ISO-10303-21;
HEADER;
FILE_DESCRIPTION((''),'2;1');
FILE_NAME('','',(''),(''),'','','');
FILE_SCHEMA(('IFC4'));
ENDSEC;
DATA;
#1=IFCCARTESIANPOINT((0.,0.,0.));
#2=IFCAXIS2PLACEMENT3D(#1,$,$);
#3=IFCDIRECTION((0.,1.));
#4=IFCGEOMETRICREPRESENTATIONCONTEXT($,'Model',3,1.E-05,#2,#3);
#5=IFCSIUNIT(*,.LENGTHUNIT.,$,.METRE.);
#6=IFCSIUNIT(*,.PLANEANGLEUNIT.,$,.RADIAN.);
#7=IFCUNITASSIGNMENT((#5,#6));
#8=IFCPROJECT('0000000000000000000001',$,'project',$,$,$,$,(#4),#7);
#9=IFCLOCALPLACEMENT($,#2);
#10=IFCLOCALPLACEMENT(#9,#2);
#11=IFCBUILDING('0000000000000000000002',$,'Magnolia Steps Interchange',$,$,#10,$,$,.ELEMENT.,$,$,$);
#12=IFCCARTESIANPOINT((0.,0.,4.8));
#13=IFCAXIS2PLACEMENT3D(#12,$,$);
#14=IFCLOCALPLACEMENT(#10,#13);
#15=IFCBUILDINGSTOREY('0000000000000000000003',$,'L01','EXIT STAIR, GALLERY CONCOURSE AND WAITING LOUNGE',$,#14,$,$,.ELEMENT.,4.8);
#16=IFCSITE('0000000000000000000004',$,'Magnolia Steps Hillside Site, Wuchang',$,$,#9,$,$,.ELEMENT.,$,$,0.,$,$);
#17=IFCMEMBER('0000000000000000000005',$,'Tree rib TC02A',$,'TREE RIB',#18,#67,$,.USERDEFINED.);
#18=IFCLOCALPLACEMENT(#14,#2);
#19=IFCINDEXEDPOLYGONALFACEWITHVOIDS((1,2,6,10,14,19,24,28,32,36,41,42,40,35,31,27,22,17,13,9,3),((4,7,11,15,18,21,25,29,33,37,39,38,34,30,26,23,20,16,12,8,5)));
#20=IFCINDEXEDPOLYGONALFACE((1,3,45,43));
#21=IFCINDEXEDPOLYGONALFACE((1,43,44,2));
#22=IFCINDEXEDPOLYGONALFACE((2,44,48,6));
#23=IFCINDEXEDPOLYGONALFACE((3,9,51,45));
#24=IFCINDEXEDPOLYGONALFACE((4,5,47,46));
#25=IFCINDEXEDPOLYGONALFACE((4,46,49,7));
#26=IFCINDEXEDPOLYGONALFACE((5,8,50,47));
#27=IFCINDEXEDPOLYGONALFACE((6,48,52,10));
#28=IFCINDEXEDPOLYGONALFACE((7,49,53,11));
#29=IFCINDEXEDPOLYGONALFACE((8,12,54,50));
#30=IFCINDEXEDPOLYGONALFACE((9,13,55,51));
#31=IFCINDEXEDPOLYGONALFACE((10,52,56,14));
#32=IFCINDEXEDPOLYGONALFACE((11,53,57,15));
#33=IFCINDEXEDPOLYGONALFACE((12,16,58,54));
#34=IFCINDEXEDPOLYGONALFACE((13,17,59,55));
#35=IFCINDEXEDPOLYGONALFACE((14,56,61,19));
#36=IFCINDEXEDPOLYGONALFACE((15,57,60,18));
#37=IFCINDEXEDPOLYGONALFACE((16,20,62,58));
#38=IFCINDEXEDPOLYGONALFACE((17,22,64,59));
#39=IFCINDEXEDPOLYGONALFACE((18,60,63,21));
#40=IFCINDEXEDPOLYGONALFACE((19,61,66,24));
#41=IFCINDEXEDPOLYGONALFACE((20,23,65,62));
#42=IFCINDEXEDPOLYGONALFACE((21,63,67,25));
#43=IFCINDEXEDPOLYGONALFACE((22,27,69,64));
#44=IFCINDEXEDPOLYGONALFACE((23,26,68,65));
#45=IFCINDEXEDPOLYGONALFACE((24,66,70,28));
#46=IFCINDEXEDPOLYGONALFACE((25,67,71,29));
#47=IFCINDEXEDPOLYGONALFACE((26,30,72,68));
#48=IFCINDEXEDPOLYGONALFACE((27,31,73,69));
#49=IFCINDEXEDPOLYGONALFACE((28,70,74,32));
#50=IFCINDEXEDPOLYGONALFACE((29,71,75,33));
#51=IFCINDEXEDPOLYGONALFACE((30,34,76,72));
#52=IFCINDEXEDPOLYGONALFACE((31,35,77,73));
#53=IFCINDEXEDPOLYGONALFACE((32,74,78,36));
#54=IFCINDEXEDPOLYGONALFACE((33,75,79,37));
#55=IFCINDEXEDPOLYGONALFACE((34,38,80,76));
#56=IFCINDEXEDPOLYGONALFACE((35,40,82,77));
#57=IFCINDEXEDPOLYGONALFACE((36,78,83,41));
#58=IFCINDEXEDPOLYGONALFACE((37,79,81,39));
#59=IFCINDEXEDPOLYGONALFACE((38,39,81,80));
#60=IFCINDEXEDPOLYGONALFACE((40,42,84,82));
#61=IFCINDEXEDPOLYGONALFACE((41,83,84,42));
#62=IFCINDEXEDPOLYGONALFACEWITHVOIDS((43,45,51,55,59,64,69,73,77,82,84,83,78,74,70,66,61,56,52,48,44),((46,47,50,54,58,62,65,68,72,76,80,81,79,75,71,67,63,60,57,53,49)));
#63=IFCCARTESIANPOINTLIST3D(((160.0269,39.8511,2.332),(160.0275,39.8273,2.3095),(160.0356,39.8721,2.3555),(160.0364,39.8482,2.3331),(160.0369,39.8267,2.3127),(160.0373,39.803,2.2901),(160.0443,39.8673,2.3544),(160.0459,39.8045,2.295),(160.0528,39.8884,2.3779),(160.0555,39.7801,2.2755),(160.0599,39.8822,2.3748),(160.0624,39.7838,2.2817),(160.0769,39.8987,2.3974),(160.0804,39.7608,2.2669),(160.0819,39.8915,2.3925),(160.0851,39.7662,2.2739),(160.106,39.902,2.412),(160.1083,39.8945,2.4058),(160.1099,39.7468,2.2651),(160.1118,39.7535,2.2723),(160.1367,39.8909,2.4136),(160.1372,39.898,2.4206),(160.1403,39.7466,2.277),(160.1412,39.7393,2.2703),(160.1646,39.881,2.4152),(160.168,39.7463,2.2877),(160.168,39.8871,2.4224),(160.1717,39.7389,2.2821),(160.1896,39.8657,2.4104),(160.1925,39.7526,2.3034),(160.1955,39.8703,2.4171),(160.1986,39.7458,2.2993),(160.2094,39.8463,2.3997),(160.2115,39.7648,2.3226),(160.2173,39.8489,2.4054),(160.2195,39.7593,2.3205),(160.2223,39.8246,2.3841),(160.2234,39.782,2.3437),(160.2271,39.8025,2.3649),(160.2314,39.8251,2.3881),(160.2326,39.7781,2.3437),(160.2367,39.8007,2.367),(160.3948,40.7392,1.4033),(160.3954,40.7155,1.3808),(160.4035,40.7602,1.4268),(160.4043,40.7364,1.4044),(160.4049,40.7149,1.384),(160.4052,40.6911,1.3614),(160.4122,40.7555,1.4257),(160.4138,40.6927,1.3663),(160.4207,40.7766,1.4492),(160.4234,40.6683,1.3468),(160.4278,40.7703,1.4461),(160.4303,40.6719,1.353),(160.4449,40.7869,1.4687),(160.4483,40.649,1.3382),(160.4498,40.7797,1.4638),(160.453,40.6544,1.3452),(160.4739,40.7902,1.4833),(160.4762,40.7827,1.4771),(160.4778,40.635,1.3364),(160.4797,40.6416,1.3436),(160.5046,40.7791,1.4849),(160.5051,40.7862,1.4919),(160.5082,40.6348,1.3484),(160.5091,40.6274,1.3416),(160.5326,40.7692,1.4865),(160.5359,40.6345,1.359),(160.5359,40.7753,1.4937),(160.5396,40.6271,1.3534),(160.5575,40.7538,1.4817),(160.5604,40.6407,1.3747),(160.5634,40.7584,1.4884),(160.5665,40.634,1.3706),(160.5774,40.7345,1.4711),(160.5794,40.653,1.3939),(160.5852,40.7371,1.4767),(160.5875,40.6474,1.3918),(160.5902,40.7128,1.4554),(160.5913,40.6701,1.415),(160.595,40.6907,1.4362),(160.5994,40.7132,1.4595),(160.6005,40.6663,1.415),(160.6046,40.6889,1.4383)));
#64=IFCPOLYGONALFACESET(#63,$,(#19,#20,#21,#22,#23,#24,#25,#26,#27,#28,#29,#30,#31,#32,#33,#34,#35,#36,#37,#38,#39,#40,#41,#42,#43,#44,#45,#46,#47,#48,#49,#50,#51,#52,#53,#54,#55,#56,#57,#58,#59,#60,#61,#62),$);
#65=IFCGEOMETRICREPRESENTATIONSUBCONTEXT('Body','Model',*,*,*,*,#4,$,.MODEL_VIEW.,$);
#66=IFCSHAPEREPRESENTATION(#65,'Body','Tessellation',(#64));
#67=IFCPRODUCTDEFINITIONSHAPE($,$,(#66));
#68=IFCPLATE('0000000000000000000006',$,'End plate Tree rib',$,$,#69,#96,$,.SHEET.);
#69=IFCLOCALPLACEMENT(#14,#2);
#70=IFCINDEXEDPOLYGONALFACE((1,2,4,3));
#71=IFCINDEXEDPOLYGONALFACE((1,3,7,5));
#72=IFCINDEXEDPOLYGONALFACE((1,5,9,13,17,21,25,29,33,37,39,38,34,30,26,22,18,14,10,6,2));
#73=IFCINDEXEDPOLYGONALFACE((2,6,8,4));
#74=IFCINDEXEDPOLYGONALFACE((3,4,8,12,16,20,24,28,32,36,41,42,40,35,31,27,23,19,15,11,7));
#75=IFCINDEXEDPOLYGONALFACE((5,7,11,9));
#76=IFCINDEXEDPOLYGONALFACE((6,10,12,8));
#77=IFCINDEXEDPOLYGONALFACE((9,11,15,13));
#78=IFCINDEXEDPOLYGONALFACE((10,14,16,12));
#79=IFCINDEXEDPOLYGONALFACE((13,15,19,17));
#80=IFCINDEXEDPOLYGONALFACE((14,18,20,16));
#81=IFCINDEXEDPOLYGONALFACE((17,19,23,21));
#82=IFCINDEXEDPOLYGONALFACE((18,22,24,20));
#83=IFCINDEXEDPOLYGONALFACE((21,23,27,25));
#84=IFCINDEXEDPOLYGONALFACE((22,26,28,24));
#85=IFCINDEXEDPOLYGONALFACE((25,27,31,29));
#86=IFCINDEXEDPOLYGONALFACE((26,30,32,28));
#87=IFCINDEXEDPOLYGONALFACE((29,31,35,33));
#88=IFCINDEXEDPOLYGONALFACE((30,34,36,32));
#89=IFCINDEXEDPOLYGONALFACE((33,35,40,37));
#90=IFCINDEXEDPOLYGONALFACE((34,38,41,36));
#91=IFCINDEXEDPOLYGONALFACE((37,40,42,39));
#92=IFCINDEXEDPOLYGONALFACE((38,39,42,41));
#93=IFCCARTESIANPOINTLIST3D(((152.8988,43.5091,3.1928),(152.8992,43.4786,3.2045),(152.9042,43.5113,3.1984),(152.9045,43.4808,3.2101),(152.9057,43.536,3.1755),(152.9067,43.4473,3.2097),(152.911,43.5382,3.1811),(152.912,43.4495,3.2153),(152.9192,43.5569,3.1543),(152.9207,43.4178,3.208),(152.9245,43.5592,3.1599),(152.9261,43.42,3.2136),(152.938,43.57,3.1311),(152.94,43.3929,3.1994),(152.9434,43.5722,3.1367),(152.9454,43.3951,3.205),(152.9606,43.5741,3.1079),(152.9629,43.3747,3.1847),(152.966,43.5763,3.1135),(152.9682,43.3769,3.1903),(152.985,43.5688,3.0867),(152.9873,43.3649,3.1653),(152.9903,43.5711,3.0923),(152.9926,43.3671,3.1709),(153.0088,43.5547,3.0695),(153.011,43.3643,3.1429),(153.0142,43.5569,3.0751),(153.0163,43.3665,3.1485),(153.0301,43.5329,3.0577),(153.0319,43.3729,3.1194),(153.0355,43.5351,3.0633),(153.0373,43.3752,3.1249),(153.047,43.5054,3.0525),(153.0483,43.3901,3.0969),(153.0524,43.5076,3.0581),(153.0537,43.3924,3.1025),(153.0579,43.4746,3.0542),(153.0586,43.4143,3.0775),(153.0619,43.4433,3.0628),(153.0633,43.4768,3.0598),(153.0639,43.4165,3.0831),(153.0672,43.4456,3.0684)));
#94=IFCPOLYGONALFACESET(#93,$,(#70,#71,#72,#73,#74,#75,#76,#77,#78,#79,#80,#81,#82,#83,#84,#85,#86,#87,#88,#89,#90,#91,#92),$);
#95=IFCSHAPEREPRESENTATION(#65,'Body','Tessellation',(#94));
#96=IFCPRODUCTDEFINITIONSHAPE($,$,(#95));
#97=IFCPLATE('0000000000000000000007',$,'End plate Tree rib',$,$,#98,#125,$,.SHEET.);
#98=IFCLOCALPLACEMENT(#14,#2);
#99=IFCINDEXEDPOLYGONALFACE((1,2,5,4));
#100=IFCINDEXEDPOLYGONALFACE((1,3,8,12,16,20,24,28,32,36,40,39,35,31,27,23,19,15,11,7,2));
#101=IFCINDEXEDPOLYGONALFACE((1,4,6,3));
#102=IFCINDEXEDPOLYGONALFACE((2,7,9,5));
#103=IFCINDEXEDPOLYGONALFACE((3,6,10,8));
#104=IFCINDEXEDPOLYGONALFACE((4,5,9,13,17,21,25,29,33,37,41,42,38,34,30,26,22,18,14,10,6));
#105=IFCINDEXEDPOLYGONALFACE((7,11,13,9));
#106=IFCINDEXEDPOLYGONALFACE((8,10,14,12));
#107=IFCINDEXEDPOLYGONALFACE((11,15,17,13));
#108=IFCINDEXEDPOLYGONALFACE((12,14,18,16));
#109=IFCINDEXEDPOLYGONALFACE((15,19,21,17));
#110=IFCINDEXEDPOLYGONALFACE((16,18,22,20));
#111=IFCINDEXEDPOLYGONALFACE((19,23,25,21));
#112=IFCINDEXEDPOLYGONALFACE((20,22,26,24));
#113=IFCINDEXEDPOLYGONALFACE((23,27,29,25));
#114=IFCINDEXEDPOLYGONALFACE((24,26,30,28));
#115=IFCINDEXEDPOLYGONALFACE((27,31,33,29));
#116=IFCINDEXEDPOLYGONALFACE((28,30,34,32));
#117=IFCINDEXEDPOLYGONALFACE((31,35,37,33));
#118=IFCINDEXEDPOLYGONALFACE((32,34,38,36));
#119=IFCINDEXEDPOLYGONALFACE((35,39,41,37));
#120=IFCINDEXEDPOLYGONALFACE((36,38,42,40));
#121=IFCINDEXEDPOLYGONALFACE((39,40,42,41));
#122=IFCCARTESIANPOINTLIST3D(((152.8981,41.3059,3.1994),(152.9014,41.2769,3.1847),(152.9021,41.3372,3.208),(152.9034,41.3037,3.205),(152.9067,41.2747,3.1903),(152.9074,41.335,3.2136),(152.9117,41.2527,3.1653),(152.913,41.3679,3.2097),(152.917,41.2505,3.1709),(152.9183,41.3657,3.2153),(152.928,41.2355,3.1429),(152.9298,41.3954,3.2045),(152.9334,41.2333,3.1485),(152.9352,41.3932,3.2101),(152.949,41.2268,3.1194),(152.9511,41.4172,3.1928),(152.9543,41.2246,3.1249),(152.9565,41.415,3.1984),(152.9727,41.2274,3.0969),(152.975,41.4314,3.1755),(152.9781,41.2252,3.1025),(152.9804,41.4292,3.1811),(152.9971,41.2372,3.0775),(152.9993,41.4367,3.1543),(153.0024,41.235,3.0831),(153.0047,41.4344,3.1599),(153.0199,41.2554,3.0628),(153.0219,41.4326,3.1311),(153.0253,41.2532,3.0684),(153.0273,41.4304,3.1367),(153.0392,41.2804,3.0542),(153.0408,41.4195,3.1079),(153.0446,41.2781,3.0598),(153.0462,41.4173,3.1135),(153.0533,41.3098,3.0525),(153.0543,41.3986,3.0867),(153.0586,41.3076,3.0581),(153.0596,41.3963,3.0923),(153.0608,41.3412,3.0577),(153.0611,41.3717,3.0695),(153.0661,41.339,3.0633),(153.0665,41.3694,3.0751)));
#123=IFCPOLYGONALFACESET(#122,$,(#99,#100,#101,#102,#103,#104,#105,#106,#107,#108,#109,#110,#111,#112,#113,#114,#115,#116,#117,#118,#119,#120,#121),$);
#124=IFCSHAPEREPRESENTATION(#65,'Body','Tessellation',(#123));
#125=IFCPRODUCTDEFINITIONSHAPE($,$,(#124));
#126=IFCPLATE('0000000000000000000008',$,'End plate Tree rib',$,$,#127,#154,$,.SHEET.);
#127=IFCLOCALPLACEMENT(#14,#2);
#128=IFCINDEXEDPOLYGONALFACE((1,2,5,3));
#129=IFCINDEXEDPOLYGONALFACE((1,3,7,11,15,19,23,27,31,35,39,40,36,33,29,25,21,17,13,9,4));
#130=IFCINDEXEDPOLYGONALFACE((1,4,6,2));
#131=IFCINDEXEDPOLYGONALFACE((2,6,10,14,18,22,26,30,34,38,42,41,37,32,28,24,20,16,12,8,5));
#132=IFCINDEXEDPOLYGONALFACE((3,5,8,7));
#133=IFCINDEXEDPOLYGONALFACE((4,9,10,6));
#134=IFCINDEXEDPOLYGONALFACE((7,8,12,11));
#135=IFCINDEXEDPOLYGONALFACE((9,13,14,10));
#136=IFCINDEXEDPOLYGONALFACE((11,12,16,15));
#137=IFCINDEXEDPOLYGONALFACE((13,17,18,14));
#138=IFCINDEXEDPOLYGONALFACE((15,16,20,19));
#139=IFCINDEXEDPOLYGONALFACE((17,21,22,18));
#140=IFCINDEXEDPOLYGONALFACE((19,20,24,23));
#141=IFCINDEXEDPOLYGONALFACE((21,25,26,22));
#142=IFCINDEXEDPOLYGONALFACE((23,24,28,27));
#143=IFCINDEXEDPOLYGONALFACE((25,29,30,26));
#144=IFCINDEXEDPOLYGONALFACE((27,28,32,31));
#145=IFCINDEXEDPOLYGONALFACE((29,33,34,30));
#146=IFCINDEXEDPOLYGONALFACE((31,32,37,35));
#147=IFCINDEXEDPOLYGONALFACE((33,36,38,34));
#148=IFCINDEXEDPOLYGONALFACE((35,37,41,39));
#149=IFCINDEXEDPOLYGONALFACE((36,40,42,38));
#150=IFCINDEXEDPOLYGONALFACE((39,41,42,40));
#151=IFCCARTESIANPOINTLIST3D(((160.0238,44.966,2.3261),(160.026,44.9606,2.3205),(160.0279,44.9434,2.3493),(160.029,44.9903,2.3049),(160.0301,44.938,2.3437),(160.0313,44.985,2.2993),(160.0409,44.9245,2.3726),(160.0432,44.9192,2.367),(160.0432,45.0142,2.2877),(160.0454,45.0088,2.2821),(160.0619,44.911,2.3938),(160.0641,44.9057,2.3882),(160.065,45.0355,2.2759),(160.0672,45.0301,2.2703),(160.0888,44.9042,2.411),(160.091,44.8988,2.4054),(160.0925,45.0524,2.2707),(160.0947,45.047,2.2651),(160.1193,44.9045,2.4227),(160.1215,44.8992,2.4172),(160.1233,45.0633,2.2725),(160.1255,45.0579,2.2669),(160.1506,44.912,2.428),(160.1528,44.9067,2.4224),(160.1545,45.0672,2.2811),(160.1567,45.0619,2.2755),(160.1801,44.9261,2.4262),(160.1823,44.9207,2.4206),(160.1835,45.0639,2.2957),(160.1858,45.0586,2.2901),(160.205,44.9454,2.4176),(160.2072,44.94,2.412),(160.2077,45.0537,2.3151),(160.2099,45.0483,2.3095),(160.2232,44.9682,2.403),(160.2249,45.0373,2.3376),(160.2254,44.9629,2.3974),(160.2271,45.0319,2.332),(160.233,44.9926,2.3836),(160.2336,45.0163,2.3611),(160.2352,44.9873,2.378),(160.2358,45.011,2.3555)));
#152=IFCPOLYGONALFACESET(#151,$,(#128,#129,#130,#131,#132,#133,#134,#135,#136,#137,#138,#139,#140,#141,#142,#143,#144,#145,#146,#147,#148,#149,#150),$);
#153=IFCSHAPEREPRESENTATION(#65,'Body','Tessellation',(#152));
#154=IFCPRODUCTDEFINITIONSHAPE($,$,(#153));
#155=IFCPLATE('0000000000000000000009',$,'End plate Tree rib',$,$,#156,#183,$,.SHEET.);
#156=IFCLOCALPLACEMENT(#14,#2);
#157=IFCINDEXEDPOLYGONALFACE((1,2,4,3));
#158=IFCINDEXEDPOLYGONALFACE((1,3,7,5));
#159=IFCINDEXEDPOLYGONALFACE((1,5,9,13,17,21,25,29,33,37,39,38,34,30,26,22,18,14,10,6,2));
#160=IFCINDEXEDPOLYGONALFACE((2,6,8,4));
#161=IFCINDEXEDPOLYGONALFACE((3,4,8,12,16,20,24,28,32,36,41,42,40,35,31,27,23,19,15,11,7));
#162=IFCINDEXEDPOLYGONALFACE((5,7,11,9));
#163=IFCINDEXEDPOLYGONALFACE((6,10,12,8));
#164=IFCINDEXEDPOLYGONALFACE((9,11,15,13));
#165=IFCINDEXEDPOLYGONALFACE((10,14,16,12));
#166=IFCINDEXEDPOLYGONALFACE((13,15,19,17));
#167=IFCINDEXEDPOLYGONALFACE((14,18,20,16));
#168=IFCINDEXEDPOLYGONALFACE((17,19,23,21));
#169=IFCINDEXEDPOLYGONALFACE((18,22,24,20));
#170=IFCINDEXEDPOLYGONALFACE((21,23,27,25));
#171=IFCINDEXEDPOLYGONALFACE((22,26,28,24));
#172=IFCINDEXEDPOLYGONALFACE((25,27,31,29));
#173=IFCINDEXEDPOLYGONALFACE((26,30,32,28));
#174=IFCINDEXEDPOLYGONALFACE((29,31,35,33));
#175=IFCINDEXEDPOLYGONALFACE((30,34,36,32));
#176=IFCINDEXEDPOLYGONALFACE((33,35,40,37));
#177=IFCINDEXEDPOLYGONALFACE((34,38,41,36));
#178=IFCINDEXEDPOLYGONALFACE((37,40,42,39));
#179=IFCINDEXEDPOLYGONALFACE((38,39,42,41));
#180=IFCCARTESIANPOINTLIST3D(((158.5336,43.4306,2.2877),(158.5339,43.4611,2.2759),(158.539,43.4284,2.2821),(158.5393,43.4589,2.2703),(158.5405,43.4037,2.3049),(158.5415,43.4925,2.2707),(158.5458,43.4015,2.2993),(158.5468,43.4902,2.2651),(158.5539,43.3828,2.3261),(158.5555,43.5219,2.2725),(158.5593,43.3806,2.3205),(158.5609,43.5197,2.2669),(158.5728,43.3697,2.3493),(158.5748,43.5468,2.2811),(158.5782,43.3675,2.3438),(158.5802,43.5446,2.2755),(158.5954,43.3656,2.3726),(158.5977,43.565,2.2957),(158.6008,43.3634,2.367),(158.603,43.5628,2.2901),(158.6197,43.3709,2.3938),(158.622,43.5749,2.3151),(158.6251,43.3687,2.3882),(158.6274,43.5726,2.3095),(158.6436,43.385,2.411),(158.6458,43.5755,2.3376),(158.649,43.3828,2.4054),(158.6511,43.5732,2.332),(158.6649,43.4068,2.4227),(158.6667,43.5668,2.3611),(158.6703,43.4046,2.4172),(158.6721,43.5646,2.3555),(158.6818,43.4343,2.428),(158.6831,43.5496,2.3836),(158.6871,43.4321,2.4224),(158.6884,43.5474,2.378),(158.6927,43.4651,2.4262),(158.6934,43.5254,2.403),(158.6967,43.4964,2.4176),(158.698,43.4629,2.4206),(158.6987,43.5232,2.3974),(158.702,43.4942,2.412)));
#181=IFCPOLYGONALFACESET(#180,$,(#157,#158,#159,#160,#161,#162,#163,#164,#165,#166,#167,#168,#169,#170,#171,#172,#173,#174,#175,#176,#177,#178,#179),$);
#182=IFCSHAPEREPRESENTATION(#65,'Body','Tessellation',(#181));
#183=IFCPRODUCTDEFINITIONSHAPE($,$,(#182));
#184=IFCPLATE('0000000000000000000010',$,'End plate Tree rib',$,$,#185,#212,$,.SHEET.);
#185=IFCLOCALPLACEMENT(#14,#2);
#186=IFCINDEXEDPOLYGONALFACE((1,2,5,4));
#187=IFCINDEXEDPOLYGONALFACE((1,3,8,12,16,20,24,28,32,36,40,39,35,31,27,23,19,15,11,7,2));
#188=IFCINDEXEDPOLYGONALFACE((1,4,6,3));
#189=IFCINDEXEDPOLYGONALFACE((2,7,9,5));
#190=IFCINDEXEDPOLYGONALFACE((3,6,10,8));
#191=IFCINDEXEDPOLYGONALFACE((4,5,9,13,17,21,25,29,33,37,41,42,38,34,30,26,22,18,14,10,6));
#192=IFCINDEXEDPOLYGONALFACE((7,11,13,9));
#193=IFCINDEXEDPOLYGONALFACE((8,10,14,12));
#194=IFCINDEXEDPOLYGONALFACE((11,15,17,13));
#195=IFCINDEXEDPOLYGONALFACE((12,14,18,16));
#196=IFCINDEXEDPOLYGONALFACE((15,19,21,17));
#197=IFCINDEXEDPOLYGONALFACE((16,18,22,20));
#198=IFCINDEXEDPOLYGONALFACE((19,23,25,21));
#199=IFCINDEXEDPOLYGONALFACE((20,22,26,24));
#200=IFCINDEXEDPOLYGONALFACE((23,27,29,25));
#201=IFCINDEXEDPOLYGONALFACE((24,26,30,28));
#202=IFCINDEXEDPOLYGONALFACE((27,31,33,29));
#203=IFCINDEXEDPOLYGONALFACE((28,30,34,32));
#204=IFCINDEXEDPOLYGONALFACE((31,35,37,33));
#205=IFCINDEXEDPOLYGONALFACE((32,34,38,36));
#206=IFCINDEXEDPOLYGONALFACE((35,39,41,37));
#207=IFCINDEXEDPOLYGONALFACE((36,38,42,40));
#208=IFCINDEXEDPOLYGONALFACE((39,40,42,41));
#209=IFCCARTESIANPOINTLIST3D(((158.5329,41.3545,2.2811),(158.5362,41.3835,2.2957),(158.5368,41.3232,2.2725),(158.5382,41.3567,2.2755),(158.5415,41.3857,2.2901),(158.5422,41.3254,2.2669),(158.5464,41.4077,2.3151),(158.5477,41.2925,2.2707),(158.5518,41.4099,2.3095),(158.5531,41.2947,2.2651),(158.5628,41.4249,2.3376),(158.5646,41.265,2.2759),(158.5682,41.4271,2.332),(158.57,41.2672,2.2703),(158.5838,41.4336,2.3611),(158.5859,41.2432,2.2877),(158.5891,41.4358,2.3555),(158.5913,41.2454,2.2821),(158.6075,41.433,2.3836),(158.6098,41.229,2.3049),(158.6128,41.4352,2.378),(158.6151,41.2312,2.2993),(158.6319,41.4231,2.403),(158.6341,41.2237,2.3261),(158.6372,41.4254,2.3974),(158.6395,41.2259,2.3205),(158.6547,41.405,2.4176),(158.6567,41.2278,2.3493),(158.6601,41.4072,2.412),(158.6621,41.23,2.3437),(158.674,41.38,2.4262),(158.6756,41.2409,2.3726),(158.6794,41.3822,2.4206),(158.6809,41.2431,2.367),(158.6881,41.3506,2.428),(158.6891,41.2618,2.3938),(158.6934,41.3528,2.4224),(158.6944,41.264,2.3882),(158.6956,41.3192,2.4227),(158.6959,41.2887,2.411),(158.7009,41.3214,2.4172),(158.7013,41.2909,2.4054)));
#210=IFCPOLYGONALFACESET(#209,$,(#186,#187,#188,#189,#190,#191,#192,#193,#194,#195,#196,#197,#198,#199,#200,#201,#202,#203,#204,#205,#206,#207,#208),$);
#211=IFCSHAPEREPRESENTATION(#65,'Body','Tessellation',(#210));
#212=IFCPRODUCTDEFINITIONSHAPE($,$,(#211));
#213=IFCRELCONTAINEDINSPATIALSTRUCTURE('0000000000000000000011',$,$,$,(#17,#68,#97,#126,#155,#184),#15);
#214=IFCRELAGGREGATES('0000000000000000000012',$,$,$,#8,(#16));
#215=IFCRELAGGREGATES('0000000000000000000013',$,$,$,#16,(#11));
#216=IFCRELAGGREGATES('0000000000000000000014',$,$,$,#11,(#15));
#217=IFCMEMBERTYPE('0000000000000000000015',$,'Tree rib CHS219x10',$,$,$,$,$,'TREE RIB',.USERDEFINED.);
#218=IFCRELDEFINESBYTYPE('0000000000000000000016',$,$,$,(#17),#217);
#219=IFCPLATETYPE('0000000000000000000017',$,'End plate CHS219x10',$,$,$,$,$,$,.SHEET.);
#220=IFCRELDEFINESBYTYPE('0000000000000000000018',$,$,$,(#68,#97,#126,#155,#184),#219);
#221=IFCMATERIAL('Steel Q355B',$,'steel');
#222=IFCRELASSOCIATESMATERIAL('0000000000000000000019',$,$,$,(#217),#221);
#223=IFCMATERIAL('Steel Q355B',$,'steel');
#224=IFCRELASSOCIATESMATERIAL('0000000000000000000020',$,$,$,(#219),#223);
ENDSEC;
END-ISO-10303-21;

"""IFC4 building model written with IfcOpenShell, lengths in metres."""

from ifc_helpers import new_model, si_unit, direction, frame, origin, origin_2d, place, context, subcontext, project, spatial, circle, hollow_circle, extrude, material, material_profile, profile_set, type_object, element, save


model = new_model("IFC4")

# Units and contexts
model_context = context("Model", 3, precision=1e-05, world=origin(), true_north=direction((0.0, 1.0)))
body_context = subcontext(model_context, "Body", "Model", "MODEL_VIEW")
ifc_project = project(units=[si_unit("LENGTHUNIT", "METRE"), si_unit("PLANEANGLEUNIT", "RADIAN")], contexts=[model_context])

# Site, building, storey
site_placement = place(None, origin())
site = spatial("IfcSite", under=ifc_project, at=site_placement, Name="Magnolia Steps Hillside Site, Wuchang", CompositionType="ELEMENT", RefElevation=0.0)
building_placement = place(site_placement, origin())
building = spatial("IfcBuilding", under=site, at=building_placement, Name="Magnolia Steps Interchange", CompositionType="ELEMENT")
storey_placement = place(building_placement, frame((0.0, 0.0, 4.8)))
storey = spatial("IfcBuildingStorey", under=building, at=storey_placement, Name="L01", Description="EXIT STAIR, GALLERY CONCOURSE AND WAITING LOUNGE", CompositionType="ELEMENT", Elevation=4.8)

# Member
ifc_material_1 = material(Name="Steel Q355B", Category="steel")
ifc_material_profile_1 = material_profile(ifc_material_1, hollow_circle(Radius=0.1096, WallThickness=0.01, at=origin_2d()), Name="CHS219x10")
ifc_profile_set_1 = profile_set([ifc_material_profile_1], Name="Steel Q355B")
member_type = type_object("IfcMemberType", Name="Tree rib CHS219x10", ElementType="TREE RIB", PredefinedType="USERDEFINED", material=ifc_profile_set_1)
for number, where, z_axis, x_axis, name in (
    (1, (160.4993, 40.7083, 1.415), (-0.275247, -0.664465, 0.694784), (0.923871, -0.382703, 0.0), "Tree rib TC02A"),
):
    element("IfcMember", number, at=place(storey_placement, frame(where, z_axis=z_axis, x_axis=x_axis)), inside=storey, type_object=member_type, Name=name, ObjectType="TREE RIB", PredefinedType="USERDEFINED", context=body_context, shape_type="SweptSolid", body=[
        extrude(hollow_circle(Radius=0.1096, WallThickness=0.01, at=origin_2d()), origin(), (0.0, 0.0, 1.0), 1.3367),
    ])

# Plates
ifc_material_2 = material(Name="Steel Q355B", Category="steel")
ifc_material_profile_2 = material_profile(ifc_material_2, circle(Radius=0.1096, at=origin_2d()), Name="End plate CHS219x10")
ifc_profile_set_2 = profile_set([ifc_material_profile_2], Name="Steel Q355B")
plate_type_1 = type_object("IfcPlateType", Name="End plate CHS219x10", PredefinedType="SHEET", material=ifc_profile_set_2)
for number, where, z_axis, x_axis, name in (
    (2, (152.98, 43.4688, 3.1311), (0.664583, 0.275279, 0.694658), (-0.382683, 0.92388, 0.0), "End plate Tree rib"),
    (3, (152.98, 41.3313, 3.1311), (0.664583, -0.275279, 0.694658), (0.382683, 0.92388, 0.0), "End plate Tree rib"),
    (4, (160.1313, 44.98, 2.3438), (-0.275279, 0.664583, 0.694658), (-0.92388, -0.382683, 0.0), "End plate Tree rib"),
    (5, (158.6201, 43.4688, 2.3438), (-0.664583, 0.275279, 0.694658), (-0.382683, -0.92388, 0.0), "End plate Tree rib"),
    (6, (158.6201, 41.3313, 2.3438), (-0.664583, -0.275279, 0.694658), (0.382683, -0.92388, 0.0), "End plate Tree rib"),
):
    element("IfcPlate", number, at=place(storey_placement, frame(where, z_axis=z_axis, x_axis=x_axis)), inside=storey, type_object=plate_type_1, Name=name, PredefinedType="SHEET", context=body_context, shape_type="SweptSolid", body=[
        extrude(circle(Radius=0.1096, at=origin_2d()), origin(), (0.0, 0.0, 1.0), 0.0081),
    ])

save(model, "model.ifc")
